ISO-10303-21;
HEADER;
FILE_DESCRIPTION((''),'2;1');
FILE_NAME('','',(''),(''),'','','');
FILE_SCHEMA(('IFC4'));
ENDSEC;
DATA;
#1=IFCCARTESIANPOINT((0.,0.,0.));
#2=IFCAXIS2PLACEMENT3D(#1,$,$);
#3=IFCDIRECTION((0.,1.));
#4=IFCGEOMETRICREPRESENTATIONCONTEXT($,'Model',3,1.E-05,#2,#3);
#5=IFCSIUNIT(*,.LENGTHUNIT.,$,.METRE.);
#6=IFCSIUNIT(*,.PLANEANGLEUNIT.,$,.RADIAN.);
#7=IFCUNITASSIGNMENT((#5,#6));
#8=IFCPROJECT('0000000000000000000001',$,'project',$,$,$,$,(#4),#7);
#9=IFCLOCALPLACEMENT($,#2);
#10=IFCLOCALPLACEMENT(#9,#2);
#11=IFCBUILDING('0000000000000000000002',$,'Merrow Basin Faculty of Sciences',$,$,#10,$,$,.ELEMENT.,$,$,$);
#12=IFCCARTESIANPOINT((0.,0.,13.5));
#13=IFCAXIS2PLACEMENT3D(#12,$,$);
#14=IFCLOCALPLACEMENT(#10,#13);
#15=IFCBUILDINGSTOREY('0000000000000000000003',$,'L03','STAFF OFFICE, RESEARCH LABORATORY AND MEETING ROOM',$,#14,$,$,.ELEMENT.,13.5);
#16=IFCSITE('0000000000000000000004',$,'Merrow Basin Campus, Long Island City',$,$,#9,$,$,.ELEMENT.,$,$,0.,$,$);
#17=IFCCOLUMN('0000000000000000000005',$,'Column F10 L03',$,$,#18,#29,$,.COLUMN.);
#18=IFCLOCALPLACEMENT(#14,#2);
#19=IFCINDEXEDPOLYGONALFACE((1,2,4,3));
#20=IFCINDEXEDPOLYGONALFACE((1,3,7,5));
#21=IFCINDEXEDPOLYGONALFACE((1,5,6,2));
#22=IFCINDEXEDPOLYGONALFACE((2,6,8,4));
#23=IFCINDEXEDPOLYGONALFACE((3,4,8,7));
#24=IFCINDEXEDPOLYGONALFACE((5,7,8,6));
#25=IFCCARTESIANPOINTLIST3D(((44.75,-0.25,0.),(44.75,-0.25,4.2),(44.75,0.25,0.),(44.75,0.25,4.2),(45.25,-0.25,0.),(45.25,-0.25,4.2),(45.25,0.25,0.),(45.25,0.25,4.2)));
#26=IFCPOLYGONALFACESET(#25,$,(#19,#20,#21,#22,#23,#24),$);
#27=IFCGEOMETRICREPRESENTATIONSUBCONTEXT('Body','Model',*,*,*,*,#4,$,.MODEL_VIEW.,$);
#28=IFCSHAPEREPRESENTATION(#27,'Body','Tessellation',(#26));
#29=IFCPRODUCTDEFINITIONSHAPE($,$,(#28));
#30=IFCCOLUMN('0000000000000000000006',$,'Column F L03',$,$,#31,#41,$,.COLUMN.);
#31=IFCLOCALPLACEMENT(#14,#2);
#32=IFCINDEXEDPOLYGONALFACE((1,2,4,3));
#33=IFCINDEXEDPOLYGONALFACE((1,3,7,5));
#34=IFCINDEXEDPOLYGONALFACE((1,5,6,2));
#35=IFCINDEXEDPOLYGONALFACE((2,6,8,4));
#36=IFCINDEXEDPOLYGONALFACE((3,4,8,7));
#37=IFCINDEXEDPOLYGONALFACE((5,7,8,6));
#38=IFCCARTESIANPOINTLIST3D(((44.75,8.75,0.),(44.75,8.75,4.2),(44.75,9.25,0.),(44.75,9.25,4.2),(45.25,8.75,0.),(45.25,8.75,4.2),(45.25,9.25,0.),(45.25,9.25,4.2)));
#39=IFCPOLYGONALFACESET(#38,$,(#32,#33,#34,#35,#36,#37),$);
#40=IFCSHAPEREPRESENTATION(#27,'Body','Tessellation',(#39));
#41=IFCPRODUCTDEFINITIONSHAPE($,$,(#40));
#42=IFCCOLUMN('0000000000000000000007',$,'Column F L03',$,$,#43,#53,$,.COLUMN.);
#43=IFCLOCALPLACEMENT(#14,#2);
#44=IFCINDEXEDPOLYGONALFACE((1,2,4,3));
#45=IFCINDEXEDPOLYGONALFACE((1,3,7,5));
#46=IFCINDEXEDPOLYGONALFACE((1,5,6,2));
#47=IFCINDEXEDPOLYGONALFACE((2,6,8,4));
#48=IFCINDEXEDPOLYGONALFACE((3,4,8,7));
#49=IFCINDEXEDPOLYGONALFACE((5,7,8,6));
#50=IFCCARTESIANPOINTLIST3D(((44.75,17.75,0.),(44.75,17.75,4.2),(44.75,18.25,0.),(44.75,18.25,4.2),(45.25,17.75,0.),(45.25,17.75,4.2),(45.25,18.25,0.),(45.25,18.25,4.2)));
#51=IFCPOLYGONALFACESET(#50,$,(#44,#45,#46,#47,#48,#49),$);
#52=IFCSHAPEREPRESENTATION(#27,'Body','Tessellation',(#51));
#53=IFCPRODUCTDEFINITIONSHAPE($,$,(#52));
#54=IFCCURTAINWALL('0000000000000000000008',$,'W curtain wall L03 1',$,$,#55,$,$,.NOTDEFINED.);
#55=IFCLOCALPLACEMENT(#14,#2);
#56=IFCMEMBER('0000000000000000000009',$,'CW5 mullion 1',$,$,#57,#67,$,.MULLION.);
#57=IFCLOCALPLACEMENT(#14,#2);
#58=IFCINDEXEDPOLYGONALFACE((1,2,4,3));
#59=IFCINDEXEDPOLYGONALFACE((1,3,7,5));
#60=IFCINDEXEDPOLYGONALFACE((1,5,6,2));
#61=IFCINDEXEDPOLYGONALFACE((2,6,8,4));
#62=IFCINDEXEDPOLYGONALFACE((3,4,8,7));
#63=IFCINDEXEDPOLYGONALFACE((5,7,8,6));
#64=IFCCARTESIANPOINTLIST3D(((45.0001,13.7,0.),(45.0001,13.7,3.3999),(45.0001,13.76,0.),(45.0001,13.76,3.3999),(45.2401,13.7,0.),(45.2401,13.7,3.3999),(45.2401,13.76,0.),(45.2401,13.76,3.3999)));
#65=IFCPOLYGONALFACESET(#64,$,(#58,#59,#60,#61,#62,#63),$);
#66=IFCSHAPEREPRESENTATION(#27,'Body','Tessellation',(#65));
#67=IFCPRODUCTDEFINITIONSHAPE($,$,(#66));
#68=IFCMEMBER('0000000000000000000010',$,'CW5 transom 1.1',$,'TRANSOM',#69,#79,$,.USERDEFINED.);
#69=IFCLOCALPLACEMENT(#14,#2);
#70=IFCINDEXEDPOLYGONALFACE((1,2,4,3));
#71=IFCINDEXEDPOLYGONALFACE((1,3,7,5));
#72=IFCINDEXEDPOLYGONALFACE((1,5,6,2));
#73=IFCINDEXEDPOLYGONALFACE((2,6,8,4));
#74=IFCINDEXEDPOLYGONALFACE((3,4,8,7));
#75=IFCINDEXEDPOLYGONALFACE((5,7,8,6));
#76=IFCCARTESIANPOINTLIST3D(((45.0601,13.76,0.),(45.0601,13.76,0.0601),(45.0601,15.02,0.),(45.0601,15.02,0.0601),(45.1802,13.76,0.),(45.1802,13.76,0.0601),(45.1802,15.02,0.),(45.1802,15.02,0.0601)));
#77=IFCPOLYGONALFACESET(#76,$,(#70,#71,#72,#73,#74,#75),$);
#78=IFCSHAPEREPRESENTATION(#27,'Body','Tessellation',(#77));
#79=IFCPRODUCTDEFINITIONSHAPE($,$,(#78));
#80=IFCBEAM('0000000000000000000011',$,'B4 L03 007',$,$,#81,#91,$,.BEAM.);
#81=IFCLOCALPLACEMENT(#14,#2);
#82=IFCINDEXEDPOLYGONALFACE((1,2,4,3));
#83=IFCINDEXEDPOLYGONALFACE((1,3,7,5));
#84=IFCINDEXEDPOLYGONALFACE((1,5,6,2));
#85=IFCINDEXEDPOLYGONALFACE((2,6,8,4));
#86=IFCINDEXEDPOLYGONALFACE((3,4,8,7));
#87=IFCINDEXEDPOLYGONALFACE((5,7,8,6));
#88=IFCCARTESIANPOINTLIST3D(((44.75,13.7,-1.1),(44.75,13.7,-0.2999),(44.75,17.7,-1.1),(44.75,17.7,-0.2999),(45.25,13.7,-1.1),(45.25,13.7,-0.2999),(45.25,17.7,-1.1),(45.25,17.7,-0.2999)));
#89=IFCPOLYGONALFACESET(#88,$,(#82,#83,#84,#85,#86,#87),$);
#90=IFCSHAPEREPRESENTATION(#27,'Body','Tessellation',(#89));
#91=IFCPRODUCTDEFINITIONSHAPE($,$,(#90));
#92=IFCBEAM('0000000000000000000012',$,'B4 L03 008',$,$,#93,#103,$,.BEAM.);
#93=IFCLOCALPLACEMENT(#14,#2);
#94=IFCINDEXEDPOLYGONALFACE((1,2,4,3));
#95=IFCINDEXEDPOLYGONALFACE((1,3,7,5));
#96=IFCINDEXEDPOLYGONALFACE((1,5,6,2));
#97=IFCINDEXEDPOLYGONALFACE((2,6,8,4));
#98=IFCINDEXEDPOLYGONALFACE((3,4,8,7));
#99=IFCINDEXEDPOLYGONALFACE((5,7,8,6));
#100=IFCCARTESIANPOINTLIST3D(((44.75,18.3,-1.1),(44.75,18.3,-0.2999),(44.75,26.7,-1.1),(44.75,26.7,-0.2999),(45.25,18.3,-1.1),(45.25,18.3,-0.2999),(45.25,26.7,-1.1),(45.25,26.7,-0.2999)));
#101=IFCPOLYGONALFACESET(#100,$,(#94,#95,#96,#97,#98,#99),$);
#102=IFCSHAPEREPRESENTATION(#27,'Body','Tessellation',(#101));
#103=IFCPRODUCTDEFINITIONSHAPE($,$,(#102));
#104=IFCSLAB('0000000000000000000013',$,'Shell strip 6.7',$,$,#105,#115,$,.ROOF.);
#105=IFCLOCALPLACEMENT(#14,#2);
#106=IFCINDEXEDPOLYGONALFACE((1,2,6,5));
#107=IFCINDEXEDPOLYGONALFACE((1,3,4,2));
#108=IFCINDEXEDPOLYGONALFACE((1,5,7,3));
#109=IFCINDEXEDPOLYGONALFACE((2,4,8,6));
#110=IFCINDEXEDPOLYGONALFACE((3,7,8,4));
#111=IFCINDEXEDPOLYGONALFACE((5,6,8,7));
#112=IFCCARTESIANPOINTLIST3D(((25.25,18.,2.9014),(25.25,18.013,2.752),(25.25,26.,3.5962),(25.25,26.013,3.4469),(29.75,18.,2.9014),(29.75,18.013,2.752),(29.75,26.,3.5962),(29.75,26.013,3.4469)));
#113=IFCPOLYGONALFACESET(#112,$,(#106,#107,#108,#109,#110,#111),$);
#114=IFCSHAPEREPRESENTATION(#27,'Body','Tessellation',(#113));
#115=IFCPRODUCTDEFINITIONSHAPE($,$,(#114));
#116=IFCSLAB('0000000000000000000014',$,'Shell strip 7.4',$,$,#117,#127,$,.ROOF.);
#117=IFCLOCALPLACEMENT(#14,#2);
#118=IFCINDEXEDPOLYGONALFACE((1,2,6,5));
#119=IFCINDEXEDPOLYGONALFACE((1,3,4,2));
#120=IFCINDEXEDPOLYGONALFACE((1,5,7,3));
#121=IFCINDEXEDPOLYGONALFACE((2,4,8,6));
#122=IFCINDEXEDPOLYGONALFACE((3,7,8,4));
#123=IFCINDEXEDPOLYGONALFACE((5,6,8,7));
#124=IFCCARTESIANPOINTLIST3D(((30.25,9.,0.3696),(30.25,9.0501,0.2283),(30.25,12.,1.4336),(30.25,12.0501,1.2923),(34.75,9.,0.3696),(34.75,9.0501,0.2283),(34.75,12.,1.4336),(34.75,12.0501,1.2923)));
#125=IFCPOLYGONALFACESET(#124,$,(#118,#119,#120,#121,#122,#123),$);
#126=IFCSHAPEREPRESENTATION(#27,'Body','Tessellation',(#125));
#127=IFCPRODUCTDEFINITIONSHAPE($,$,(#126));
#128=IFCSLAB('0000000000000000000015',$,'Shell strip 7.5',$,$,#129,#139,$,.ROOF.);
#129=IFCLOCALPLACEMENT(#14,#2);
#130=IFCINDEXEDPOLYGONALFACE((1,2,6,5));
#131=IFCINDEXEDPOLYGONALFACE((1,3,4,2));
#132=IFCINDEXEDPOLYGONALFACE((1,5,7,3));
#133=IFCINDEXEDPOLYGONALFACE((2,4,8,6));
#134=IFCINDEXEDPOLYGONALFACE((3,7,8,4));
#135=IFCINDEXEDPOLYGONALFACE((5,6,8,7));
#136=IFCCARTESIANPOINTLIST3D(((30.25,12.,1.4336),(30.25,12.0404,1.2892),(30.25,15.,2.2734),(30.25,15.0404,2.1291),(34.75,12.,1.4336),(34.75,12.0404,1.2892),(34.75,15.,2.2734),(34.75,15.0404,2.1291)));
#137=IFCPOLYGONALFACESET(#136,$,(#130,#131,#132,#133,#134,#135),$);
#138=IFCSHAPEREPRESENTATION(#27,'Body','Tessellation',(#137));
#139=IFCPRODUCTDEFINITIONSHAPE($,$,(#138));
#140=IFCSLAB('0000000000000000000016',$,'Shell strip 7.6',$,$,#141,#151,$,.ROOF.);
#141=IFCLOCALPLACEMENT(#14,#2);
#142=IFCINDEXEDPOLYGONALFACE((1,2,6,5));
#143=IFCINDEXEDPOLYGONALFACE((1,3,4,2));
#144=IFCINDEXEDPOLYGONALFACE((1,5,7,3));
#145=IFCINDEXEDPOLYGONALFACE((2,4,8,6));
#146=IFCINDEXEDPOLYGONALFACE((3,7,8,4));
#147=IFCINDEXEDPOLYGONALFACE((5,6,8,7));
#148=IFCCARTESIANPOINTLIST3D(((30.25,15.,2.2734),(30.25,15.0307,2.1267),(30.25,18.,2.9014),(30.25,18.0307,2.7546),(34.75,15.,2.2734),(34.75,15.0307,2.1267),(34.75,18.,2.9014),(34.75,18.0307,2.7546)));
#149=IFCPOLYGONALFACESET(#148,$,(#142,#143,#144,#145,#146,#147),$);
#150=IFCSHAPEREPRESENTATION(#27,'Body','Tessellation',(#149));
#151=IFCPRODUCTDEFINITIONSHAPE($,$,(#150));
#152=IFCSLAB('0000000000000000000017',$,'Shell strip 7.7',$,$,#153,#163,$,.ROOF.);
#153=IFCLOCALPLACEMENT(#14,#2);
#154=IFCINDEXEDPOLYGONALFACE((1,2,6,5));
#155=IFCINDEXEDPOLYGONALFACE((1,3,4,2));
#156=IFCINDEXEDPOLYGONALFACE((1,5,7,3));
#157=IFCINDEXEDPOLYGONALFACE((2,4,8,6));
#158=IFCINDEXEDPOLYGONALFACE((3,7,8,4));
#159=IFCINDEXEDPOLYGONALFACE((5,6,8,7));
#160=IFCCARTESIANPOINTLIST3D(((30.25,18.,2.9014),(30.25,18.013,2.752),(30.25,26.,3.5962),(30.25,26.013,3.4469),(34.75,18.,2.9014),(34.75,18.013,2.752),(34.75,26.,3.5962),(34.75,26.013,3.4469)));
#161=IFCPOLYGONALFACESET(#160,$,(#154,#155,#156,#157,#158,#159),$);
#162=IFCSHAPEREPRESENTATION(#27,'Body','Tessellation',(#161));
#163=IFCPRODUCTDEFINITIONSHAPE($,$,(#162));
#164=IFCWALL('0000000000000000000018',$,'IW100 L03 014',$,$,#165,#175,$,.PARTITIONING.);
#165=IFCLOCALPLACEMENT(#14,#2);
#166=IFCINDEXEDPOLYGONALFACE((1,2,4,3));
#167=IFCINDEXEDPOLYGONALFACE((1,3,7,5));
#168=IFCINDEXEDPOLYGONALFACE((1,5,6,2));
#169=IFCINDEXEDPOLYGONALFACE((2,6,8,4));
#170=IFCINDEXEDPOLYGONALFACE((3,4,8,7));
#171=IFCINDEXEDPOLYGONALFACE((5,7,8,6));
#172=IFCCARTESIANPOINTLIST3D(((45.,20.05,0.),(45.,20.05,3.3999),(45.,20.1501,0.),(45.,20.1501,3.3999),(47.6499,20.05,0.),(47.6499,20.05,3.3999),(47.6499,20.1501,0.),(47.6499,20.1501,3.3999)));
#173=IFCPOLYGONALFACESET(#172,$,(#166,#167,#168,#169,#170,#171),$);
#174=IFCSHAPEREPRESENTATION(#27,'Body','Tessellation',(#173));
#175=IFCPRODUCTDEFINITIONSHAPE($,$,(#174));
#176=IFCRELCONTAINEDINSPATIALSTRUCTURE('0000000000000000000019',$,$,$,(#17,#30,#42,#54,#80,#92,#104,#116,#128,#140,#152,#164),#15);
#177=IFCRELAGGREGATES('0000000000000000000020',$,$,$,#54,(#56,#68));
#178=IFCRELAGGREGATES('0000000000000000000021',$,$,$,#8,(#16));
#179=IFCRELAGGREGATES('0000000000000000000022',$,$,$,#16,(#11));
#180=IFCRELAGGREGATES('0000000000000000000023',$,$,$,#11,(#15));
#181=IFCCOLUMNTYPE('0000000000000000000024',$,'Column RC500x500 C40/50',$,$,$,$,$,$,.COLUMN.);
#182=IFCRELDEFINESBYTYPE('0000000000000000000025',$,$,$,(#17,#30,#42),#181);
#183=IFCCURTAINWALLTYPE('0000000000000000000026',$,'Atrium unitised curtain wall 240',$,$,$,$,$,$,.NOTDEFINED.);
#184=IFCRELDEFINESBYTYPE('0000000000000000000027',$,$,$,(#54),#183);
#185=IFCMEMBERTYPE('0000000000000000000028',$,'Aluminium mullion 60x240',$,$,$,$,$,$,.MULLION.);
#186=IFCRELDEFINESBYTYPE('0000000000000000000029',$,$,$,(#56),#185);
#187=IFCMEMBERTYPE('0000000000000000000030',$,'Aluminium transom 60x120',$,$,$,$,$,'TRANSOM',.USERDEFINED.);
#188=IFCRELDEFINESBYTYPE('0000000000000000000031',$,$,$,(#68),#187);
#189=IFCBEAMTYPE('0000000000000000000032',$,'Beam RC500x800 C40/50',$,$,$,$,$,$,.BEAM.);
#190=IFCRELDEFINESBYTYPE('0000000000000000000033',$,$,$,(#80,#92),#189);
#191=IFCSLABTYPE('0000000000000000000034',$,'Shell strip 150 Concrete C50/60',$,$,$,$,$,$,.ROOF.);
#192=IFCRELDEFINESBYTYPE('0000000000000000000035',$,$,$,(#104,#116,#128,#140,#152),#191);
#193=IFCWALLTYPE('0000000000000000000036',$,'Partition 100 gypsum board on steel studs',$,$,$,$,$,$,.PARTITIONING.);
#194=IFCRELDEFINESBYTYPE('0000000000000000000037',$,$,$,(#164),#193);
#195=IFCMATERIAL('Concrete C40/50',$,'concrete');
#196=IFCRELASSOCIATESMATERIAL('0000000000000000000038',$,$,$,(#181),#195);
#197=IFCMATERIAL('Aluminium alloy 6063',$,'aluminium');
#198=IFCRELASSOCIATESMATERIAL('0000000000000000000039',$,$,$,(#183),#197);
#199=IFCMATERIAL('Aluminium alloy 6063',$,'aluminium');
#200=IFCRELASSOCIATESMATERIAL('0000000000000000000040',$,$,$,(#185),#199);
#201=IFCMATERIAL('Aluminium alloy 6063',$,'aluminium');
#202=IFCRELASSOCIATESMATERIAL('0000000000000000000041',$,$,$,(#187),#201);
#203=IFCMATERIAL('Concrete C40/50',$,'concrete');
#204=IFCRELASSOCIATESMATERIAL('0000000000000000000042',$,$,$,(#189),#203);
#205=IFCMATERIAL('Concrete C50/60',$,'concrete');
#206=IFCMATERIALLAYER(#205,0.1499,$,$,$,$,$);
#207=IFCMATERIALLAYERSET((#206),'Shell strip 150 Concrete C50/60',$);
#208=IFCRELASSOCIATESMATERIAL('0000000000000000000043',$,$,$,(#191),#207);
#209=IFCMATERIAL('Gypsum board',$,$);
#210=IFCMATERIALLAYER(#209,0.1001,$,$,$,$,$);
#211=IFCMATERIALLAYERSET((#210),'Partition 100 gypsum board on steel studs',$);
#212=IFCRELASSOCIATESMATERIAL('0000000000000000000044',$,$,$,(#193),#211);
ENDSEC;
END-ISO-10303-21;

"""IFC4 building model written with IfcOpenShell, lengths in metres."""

from ifc_helpers import new_model, si_unit, direction, frame, frame_2d, origin, origin_2d, place, context, subcontext, project, spatial, polyline, rectangle, outline, extrude, material, layer, layer_set, material_profile, profile_set, type_object, element, aggregate, save


model = new_model("IFC4")

# Units and contexts
model_context = context("Model", 3, precision=1e-05, world=origin(), true_north=direction((0.0, 1.0)))
body_context = subcontext(model_context, "Body", "Model", "MODEL_VIEW")
ifc_project = project(units=[si_unit("LENGTHUNIT", "METRE"), si_unit("PLANEANGLEUNIT", "RADIAN")], contexts=[model_context])

# Site, building, storey
site_placement = place(None, origin())
site = spatial("IfcSite", under=ifc_project, at=site_placement, Name="Merrow Basin Campus, Long Island City", CompositionType="ELEMENT", RefElevation=0.0)
building_placement = place(site_placement, origin())
building = spatial("IfcBuilding", under=site, at=building_placement, Name="Merrow Basin Faculty of Sciences", CompositionType="ELEMENT")
storey_placement = place(building_placement, frame((0.0, 0.0, 13.5)))
storey = spatial("IfcBuildingStorey", under=building, at=storey_placement, Name="L03", Description="STAFF OFFICE, RESEARCH LABORATORY AND MEETING ROOM", CompositionType="ELEMENT", Elevation=13.5)

# Columns
ifc_material_1 = material(Name="Concrete C40/50", Category="concrete")
ifc_material_profile_1 = material_profile(ifc_material_1, rectangle(XDim=0.5, YDim=0.5, at=origin_2d()))
ifc_profile_set_1 = profile_set([ifc_material_profile_1], Name="Concrete C40/50")
column_type = type_object("IfcColumnType", Name="Column RC500x500 C40/50", PredefinedType="COLUMN", material=ifc_profile_set_1)
for number, where, z_axis, x_axis, name in (
    (1, (45.0, 0.0, 0.0), (0.0, 0.0, 1.0), (1.0, 0.0, 0.0), "Column F10 L03"),
    (2, (45.0, 9.0, 0.0), (0.0, 0.0, 1.0), (1.0, 0.0, 0.0), "Column F L03"),
    (3, (45.0, 18.0, 0.0), (0.0, 0.0, 1.0), (1.0, 0.0, 0.0), "Column F L03"),
):
    element("IfcColumn", number, at=place(storey_placement, frame(where, z_axis=z_axis, x_axis=x_axis)), inside=storey, type_object=column_type, Name=name, PredefinedType="COLUMN", context=body_context, shape_type="SweptSolid", body=[
        extrude(rectangle(XDim=0.5, YDim=0.5, at=origin_2d()), origin(), (0.0, 0.0, 1.0), 4.2),
    ])

# Curtain wall, members
ifc_material_2 = material(Name="Aluminium alloy 6063", Category="aluminium")
curtain_wall_type = type_object("IfcCurtainWallType", Name="Atrium unitised curtain wall 240", PredefinedType="NOTDEFINED", material=ifc_material_2)
curtain_wall_placement = place(storey_placement, origin())
curtain_wall = element("IfcCurtainWall", 4, at=curtain_wall_placement, inside=storey, type_object=curtain_wall_type, Name="W curtain wall L03 1", PredefinedType="NOTDEFINED")
ifc_material_3 = material(Name="Aluminium alloy 6063", Category="aluminium")
ifc_material_profile_2 = material_profile(ifc_material_3, rectangle(XDim=0.24, YDim=0.0601, at=origin_2d()))
ifc_profile_set_2 = profile_set([ifc_material_profile_2], Name="Aluminium alloy 6063")
member_type_1 = type_object("IfcMemberType", Name="Aluminium mullion 60x240", PredefinedType="MULLION", material=ifc_profile_set_2)
member_1_placement = place(storey_placement, frame((45.1201, 13.73, 0.0), z_axis=(0.0, 0.0, 1.0), x_axis=(-1.0, 0.0, 0.0)))
member_1 = element("IfcMember", 5, at=member_1_placement, type_object=member_type_1, Name="CW5 mullion 1", PredefinedType="MULLION", context=body_context, shape_type="SweptSolid", body=[
    extrude(rectangle(XDim=0.24, YDim=0.0601, at=origin_2d()), origin(), (0.0, 0.0, 1.0), 3.3999),
])
ifc_material_4 = material(Name="Aluminium alloy 6063", Category="aluminium")
ifc_material_profile_3 = material_profile(ifc_material_4, rectangle(XDim=0.1201, YDim=0.0601, at=origin_2d()))
ifc_profile_set_3 = profile_set([ifc_material_profile_3], Name="Aluminium alloy 6063")
member_type_2 = type_object("IfcMemberType", Name="Aluminium transom 60x120", ElementType="TRANSOM", PredefinedType="USERDEFINED", material=ifc_profile_set_3)
member_2_placement = place(storey_placement, frame((45.1201, 13.76, 0.03), z_axis=(0.0, 1.0, 0.0), x_axis=(-1.0, 0.0, 0.0)))
member_2 = element("IfcMember", 6, at=member_2_placement, type_object=member_type_2, Name="CW5 transom 1.1", ObjectType="TRANSOM", PredefinedType="USERDEFINED", context=body_context, shape_type="SweptSolid", body=[
    extrude(rectangle(XDim=0.1201, YDim=0.0601, at=origin_2d()), origin(), (0.0, 0.0, 1.0), 1.26),
])
aggregate(curtain_wall, [member_1, member_2])

# Beams
ifc_material_5 = material(Name="Concrete C40/50", Category="concrete")
ifc_material_profile_4 = material_profile(ifc_material_5, rectangle(XDim=0.5, YDim=0.8, at=origin_2d()))
ifc_profile_set_4 = profile_set([ifc_material_profile_4], Name="Concrete C40/50")
beam_type = type_object("IfcBeamType", Name="Beam RC500x800 C40/50", PredefinedType="BEAM", material=ifc_profile_set_4)
beam_1_placement = place(storey_placement, frame((45.0, 13.7, -0.7), z_axis=(0.0, 1.0, 0.0), x_axis=(-1.0, 0.0, 0.0)))
element("IfcBeam", 7, at=beam_1_placement, inside=storey, type_object=beam_type, Name="B4 L03 007", PredefinedType="BEAM", context=body_context, shape_type="SweptSolid", body=[
    extrude(rectangle(XDim=0.5, YDim=0.8, at=origin_2d()), origin(), (0.0, 0.0, 1.0), 4.0),
])
beam_2_placement = place(storey_placement, frame((45.0, 18.3, -0.7), z_axis=(0.0, 1.0, 0.0), x_axis=(-1.0, 0.0, 0.0)))
element("IfcBeam", 8, at=beam_2_placement, inside=storey, type_object=beam_type, Name="B4 L03 008", PredefinedType="BEAM", context=body_context, shape_type="SweptSolid", body=[
    extrude(rectangle(XDim=0.5, YDim=0.8, at=origin_2d()), origin(), (0.0, 0.0, 1.0), 8.3999),
])

# Slabs
ifc_material_6 = material(Name="Concrete C50/60", Category="concrete")
ifc_layer_1 = layer(ifc_material_6, 0.1499)
ifc_layer_set_1 = layer_set([ifc_layer_1], Name="Shell strip 150 Concrete C50/60")
slab_type = type_object("IfcSlabType", Name="Shell strip 150 Concrete C50/60", PredefinedType="ROOF", material=ifc_layer_set_1)
slab_1_placement = place(storey_placement, frame((25.25, 18.0, 2.9014), z_axis=(0.0, -0.086527, 0.996249), x_axis=(1.0, 0.0, 0.0)))
element("IfcSlab", 9, at=slab_1_placement, inside=storey, type_object=slab_type, Name="Shell strip 6.7", PredefinedType="ROOF", context=body_context, shape_type="SweptSolid", body=[
    extrude(outline(polyline([(0.0, 0.0), (4.5, 0.0), (4.5, 8.0301), (0.0, 8.0301), (0.0, 0.0)])), origin(), (0.0, 0.0, -1.0), 0.1499),
])
slab_2_placement = place(storey_placement, frame((30.25, 9.0, 0.3696), z_axis=(0.0, -0.334256, 0.942482), x_axis=(1.0, 0.0, 0.0)))
element("IfcSlab", 10, at=slab_2_placement, inside=storey, type_object=slab_type, Name="Shell strip 7.4", PredefinedType="ROOF", context=body_context, shape_type="SweptSolid", body=[
    extrude(outline(polyline([(0.0, 0.0), (4.5, 0.0), (4.5, 3.1831), (0.0, 3.1831), (0.0, 0.0)])), origin(), (0.0, 0.0, -1.0), 0.1499),
])
slab_3_placement = place(storey_placement, frame((30.25, 12.0, 1.4336), z_axis=(0.0, -0.269583, 0.962977), x_axis=(1.0, 0.0, 0.0)))
element("IfcSlab", 11, at=slab_3_placement, inside=storey, type_object=slab_type, Name="Shell strip 7.5", PredefinedType="ROOF", context=body_context, shape_type="SweptSolid", body=[
    extrude(outline(polyline([(0.0, 0.0), (4.5, 0.0), (4.5, 3.1153), (0.0, 3.1153), (0.0, 0.0)])), origin(), (0.0, 0.0, -1.0), 0.1499),
])
slab_4_placement = place(storey_placement, frame((30.25, 15.0, 2.2734), z_axis=(0.0, -0.20487, 0.978789), x_axis=(1.0, 0.0, 0.0)))
element("IfcSlab", 12, at=slab_4_placement, inside=storey, type_object=slab_type, Name="Shell strip 7.6", PredefinedType="ROOF", context=body_context, shape_type="SweptSolid", body=[
    extrude(outline(polyline([(0.0, 0.0), (4.5, 0.0), (4.5, 3.065), (0.0, 3.065), (0.0, 0.0)])), origin(), (0.0, 0.0, -1.0), 0.1499),
])
slab_5_placement = place(storey_placement, frame((30.25, 18.0, 2.9014), z_axis=(0.0, -0.086527, 0.996249), x_axis=(1.0, 0.0, 0.0)))
element("IfcSlab", 13, at=slab_5_placement, inside=storey, type_object=slab_type, Name="Shell strip 7.7", PredefinedType="ROOF", context=body_context, shape_type="SweptSolid", body=[
    extrude(outline(polyline([(0.0, 0.0), (4.5, 0.0), (4.5, 8.0301), (0.0, 8.0301), (0.0, 0.0)])), origin(), (0.0, 0.0, -1.0), 0.1499),
])

# Wall
ifc_material_7 = material(Name="Gypsum board")
ifc_layer_2 = layer(ifc_material_7, 0.1001)
ifc_layer_set_2 = layer_set([ifc_layer_2], Name="Partition 100 gypsum board on steel studs")
wall_type_1 = type_object("IfcWallType", Name="Partition 100 gypsum board on steel studs", PredefinedType="PARTITIONING", material=ifc_layer_set_2)
wall_1_placement = place(storey_placement, frame((45.0, 20.1001, 0.0), z_axis=(0.0, 0.0, 1.0), x_axis=(1.0, 0.0, 0.0)))
element("IfcWall", 14, at=wall_1_placement, inside=storey, type_object=wall_type_1, Name="IW100 L03 014", PredefinedType="PARTITIONING", context=body_context, shape_type="SweptSolid", body=[
    extrude(rectangle(XDim=2.6499, YDim=0.1001, at=frame_2d((1.325, 0.0))), origin(), (0.0, 0.0, 1.0), 3.3999),
])

save(model, "model.ifc")
